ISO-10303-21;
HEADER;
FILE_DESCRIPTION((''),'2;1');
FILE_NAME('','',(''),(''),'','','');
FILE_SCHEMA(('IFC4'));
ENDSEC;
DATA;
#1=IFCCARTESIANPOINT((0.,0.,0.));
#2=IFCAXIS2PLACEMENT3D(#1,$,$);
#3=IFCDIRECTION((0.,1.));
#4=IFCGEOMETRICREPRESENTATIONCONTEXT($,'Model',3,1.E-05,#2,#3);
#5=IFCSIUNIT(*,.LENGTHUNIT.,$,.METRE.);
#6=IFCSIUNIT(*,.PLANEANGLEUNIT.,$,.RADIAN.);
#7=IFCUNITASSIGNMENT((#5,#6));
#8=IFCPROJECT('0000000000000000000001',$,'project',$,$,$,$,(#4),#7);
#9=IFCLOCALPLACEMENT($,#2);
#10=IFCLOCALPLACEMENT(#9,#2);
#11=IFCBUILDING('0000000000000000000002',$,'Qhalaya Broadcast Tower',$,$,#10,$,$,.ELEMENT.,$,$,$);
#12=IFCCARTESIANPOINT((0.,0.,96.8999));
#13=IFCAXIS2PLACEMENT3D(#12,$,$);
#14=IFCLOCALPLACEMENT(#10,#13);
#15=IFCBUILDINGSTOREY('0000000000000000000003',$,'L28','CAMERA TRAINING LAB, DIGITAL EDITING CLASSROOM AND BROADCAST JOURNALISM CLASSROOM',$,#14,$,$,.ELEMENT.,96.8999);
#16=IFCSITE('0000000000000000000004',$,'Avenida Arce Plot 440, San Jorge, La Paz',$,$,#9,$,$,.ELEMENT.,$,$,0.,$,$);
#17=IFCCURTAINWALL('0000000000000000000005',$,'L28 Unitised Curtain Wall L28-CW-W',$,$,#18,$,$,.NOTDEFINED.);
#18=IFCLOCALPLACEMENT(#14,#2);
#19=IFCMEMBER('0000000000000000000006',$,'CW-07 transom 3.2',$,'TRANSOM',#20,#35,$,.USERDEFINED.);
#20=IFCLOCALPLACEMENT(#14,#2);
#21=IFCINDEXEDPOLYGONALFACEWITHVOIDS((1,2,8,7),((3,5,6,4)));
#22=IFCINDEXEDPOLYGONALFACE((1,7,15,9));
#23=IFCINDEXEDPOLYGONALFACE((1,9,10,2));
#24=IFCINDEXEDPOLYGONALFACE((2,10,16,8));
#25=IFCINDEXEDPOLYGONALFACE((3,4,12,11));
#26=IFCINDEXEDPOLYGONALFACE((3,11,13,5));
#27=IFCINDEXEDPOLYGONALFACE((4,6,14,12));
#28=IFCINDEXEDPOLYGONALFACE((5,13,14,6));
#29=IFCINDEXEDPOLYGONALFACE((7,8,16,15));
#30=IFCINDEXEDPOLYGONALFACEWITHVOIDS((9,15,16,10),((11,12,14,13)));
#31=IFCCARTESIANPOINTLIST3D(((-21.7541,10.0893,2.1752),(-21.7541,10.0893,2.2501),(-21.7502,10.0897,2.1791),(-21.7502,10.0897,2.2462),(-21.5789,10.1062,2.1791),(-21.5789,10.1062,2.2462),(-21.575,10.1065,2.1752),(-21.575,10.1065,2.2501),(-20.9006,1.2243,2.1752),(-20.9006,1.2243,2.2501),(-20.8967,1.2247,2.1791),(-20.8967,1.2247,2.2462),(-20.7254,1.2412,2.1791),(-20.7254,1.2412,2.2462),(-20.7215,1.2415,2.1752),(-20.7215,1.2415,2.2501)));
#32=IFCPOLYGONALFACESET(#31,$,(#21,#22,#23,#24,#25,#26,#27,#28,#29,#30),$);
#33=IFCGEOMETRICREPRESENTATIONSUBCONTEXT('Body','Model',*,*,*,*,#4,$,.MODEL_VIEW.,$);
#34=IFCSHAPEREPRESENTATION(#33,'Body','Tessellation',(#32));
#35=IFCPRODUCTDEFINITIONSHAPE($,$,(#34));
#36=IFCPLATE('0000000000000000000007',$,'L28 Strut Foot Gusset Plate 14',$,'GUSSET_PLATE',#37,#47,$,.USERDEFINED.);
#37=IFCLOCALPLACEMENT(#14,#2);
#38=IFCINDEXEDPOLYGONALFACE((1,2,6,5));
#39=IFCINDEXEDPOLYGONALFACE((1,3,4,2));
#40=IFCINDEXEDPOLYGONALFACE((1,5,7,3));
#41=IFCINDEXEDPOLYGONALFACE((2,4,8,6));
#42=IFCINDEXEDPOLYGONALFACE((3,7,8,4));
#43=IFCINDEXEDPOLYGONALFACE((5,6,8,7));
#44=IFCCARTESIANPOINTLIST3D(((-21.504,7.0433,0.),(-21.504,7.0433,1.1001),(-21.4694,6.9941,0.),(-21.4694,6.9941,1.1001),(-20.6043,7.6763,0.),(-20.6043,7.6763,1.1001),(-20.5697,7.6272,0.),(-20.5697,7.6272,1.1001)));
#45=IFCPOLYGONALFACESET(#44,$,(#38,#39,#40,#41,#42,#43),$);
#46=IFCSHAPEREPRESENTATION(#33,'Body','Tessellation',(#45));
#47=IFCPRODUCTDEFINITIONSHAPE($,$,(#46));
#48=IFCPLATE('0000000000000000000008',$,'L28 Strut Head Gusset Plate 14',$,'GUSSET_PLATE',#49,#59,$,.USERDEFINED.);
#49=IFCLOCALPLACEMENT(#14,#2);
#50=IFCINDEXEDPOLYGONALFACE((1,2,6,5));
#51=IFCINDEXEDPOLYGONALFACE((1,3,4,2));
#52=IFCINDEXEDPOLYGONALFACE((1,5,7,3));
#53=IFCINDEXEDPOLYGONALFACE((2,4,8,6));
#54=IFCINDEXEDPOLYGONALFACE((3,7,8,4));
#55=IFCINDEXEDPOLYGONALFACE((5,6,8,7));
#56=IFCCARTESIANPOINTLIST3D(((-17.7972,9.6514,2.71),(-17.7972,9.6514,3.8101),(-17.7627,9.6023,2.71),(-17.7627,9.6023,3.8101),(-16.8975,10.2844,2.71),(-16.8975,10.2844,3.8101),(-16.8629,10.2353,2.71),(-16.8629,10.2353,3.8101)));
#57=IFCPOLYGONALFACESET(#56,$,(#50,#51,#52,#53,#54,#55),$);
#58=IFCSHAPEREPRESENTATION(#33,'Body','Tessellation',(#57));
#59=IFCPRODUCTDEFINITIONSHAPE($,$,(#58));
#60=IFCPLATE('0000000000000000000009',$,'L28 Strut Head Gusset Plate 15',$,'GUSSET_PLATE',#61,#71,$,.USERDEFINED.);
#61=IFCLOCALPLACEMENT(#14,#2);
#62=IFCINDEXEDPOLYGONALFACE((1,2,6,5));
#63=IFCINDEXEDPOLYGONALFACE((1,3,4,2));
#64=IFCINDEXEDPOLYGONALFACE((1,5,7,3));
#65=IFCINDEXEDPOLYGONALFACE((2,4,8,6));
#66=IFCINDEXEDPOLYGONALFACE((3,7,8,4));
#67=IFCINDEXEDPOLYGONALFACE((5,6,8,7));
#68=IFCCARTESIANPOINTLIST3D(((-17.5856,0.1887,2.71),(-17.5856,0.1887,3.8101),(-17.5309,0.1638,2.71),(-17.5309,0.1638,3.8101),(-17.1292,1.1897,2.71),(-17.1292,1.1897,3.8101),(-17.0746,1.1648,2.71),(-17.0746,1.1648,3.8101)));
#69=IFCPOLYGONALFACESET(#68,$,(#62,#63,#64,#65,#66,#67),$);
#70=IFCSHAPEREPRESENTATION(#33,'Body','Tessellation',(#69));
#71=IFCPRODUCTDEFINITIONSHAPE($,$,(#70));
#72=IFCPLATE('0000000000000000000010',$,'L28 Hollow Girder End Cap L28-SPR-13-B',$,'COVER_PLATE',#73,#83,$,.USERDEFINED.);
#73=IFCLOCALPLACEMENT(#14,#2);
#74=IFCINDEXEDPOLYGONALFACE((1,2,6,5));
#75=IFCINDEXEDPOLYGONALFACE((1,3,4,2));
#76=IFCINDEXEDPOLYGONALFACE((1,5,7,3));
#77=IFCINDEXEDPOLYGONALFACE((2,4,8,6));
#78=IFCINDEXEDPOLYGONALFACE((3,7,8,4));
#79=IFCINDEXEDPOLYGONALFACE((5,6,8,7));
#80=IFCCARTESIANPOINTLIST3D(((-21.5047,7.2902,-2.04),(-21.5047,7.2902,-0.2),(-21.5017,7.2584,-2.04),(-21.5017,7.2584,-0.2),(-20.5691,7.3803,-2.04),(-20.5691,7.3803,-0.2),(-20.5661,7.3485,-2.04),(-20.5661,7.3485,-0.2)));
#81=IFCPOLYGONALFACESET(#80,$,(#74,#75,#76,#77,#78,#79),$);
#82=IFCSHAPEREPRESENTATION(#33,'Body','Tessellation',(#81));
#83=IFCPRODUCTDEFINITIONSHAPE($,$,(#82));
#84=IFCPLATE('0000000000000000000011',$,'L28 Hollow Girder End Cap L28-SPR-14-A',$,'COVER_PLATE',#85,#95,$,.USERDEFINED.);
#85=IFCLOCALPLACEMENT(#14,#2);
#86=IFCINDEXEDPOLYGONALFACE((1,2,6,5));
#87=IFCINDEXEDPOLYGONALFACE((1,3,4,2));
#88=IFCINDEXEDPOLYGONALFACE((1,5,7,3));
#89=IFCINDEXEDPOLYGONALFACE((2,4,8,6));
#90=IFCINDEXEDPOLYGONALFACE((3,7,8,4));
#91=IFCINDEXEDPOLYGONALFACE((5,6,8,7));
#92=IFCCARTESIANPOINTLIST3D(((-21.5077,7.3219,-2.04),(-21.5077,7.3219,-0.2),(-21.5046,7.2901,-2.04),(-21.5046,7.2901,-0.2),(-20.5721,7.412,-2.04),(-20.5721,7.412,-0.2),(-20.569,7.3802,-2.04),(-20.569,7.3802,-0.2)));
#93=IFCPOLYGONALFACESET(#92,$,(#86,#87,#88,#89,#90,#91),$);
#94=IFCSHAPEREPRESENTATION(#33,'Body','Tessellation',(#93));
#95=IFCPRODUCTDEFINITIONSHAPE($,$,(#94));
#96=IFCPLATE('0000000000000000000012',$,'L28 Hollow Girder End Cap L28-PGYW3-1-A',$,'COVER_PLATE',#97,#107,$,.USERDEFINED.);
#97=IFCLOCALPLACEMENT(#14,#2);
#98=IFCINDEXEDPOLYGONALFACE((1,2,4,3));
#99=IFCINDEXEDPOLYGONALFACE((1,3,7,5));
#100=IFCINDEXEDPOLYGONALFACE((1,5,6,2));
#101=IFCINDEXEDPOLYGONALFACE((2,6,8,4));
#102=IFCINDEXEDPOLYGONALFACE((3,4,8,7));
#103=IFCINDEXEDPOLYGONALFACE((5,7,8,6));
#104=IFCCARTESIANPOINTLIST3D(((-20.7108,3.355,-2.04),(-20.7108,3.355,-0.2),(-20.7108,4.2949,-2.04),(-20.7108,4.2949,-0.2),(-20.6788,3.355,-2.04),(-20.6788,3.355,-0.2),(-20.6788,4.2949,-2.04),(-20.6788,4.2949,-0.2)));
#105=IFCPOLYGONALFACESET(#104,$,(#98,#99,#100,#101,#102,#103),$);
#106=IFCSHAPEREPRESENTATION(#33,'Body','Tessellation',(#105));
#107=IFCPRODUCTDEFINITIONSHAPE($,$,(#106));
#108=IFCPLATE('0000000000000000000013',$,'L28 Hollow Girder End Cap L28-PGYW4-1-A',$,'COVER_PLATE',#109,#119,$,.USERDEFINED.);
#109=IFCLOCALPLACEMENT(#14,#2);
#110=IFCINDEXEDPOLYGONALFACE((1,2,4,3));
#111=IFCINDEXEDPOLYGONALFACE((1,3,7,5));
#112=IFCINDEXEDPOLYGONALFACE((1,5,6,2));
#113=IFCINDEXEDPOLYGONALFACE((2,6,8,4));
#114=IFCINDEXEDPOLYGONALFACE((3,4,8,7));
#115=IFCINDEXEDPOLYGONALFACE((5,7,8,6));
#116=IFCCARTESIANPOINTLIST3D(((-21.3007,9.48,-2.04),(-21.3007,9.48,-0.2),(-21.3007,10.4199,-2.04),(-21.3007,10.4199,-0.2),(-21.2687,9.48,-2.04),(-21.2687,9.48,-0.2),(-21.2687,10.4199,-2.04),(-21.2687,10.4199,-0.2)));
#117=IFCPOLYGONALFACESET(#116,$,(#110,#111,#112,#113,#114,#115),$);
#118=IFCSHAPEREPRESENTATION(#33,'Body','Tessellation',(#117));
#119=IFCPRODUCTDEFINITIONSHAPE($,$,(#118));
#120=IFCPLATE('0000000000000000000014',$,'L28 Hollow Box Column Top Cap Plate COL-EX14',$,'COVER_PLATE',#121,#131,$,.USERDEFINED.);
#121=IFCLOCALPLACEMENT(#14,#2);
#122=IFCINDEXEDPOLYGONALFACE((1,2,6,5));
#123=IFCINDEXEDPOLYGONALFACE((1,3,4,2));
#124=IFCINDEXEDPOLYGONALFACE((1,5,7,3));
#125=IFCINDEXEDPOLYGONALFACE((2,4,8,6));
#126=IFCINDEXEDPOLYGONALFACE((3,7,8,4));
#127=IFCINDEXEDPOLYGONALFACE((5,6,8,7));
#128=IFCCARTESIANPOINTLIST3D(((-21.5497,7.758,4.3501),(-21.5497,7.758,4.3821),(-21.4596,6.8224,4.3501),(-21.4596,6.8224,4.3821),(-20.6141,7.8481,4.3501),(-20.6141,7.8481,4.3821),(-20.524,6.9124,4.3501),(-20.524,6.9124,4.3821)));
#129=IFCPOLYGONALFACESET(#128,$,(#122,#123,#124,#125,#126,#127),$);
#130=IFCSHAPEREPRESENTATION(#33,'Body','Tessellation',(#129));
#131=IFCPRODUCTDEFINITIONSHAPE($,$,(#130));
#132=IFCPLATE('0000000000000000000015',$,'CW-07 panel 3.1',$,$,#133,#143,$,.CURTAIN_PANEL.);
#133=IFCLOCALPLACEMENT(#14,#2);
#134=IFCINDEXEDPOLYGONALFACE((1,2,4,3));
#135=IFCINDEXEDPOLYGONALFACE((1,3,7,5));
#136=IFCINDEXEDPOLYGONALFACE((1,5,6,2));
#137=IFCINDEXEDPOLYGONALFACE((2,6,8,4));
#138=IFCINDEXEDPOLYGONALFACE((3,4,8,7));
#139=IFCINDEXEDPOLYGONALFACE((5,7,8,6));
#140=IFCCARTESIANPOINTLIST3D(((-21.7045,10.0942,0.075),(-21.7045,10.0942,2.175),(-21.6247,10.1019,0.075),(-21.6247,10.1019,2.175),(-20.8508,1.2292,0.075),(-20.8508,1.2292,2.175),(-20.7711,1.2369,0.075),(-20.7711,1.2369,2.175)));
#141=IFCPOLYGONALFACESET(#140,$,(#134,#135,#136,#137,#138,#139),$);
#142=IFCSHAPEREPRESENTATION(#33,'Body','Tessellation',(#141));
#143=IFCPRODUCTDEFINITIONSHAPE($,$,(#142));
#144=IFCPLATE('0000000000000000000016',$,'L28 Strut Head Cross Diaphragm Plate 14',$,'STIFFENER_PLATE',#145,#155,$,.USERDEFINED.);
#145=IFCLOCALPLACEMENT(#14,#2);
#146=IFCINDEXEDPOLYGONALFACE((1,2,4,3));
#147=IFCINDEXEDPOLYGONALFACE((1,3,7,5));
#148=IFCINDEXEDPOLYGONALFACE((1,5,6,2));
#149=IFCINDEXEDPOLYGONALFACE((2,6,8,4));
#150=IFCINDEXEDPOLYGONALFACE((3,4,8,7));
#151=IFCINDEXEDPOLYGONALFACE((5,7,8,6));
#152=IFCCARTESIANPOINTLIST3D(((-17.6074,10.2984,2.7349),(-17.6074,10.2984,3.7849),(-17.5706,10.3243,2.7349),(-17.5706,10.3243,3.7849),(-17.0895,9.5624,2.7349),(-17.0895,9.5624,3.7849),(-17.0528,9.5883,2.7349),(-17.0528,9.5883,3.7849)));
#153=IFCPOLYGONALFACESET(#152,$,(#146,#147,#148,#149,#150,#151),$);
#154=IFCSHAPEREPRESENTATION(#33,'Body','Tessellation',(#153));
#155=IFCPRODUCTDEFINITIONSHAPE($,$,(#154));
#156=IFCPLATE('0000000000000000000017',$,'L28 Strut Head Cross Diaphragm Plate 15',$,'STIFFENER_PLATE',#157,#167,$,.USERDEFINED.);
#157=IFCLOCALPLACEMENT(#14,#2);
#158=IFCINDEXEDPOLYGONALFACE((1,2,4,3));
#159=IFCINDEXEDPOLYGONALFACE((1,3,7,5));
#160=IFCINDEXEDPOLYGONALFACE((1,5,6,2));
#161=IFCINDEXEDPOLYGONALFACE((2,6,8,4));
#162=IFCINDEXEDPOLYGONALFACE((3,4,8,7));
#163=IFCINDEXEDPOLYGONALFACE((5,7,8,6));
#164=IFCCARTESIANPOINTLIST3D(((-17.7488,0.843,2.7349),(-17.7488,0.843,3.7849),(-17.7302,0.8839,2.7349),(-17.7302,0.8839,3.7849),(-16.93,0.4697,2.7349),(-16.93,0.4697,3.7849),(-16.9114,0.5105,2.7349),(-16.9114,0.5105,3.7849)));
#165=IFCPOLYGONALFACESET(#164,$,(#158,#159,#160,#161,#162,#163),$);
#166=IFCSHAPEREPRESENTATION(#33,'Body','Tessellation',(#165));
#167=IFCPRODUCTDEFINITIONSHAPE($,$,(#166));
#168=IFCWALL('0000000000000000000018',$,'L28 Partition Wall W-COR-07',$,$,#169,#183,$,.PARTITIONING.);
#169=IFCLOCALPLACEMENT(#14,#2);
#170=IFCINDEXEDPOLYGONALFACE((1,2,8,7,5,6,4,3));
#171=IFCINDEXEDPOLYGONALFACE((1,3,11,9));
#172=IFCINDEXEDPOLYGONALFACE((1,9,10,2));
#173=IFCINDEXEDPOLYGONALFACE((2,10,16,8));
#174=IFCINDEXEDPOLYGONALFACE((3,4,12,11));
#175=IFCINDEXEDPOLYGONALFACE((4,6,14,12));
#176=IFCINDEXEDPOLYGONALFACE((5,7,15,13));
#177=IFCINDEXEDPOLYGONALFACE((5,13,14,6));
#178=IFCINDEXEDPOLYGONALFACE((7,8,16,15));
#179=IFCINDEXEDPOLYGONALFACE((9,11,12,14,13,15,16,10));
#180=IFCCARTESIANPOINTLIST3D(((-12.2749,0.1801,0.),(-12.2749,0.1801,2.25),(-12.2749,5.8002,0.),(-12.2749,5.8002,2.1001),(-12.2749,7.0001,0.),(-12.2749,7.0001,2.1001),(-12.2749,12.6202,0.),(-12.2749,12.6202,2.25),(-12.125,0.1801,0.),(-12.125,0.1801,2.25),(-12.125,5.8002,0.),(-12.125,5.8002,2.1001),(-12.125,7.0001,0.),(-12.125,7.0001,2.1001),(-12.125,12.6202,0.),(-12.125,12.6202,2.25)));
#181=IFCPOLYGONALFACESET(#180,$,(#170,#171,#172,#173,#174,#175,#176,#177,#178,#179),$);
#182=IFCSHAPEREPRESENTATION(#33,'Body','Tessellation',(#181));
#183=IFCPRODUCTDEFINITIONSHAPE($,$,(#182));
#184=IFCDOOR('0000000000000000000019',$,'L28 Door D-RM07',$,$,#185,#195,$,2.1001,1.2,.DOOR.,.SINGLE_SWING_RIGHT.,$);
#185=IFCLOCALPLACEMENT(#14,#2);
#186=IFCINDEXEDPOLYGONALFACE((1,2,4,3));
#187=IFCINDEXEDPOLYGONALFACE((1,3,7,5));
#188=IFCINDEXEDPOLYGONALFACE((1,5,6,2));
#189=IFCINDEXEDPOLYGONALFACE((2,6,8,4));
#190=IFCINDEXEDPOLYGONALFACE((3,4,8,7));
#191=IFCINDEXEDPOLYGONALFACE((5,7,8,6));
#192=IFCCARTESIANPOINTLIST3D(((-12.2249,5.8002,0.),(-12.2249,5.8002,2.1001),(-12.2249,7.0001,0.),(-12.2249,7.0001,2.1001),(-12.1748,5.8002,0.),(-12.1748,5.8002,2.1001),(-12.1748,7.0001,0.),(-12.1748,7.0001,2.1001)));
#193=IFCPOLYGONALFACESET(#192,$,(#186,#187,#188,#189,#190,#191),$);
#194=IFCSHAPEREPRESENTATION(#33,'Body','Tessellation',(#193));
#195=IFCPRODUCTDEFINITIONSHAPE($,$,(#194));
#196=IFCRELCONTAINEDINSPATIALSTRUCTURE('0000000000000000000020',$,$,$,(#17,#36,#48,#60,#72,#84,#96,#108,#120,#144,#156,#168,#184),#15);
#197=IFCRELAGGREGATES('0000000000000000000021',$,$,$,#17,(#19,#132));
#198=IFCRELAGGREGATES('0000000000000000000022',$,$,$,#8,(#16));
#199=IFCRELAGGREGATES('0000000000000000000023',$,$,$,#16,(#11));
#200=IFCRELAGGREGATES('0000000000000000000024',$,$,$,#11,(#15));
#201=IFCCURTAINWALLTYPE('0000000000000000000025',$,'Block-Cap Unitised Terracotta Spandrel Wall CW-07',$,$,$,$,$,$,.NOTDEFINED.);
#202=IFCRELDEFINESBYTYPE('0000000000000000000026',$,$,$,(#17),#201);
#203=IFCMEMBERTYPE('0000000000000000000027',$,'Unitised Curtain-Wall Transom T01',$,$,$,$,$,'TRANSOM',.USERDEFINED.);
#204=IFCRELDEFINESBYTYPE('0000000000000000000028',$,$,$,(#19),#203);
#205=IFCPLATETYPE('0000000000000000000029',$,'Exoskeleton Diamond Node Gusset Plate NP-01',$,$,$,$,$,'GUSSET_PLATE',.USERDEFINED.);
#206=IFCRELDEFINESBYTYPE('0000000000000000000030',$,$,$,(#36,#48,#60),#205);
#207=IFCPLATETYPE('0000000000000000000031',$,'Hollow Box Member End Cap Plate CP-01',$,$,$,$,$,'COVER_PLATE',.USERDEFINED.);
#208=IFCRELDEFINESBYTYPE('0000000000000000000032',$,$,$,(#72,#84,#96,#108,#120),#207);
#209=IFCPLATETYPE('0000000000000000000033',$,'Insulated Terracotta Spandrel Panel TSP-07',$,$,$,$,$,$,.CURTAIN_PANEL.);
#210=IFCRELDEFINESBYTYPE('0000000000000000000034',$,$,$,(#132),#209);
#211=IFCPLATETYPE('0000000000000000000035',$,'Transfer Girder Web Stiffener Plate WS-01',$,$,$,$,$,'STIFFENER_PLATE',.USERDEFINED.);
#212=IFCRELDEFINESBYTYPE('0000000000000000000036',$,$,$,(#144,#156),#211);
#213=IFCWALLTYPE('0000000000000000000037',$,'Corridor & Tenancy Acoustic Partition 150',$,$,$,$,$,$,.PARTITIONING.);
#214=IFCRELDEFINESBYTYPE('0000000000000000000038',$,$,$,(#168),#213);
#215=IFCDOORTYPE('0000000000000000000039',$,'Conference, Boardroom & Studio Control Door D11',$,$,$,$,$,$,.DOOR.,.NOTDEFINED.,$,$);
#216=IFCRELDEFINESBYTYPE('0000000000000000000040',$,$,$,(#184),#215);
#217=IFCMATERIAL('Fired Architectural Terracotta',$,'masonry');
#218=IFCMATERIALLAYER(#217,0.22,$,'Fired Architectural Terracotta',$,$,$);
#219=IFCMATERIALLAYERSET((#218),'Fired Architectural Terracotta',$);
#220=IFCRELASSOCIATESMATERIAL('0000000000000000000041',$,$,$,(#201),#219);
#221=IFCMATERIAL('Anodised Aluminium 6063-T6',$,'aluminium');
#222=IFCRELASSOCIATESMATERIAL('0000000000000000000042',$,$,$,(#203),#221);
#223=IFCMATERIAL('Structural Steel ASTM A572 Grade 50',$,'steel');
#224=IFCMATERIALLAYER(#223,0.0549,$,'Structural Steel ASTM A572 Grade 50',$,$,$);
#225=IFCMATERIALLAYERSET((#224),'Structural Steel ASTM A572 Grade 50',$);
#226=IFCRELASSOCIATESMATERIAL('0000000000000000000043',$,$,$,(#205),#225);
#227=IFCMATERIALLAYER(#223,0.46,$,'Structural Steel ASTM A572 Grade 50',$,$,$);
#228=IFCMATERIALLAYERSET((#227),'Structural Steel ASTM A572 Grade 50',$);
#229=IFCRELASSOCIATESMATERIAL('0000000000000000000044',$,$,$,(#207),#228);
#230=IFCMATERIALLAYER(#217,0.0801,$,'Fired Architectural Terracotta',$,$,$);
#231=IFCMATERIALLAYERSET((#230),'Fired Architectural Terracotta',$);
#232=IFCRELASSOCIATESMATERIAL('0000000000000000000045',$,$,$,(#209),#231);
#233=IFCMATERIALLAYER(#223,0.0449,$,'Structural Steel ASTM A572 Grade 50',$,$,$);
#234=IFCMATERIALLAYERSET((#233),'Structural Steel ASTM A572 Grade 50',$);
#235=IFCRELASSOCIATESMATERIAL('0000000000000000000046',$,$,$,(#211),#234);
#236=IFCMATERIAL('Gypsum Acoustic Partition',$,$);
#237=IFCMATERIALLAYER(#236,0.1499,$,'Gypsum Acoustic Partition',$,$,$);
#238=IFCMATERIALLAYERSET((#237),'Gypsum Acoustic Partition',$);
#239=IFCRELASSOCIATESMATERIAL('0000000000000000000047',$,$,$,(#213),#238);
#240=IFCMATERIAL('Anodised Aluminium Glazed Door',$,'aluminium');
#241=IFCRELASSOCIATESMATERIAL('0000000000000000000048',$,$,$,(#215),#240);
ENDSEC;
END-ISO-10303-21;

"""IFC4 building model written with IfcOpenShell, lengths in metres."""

from ifc_helpers import new_model, si_unit, direction, frame, frame_2d, origin, origin_2d, place, context, subcontext, project, spatial, rectangle, hollow_rectangle, extrude, material, layer, layer_set, material_profile, profile_set, type_object, element, fill, aggregate, save


model = new_model("IFC4")

# Units and contexts
model_context = context("Model", 3, precision=1e-05, world=origin(), true_north=direction((0.0, 1.0)))
body_context = subcontext(model_context, "Body", "Model", "MODEL_VIEW")
ifc_project = project(units=[si_unit("LENGTHUNIT", "METRE"), si_unit("PLANEANGLEUNIT", "RADIAN")], contexts=[model_context])

# Site, building, storey
site_placement = place(None, origin())
site = spatial("IfcSite", under=ifc_project, at=site_placement, Name="Avenida Arce Plot 440, San Jorge, La Paz", CompositionType="ELEMENT", RefElevation=0.0)
building_placement = place(site_placement, origin())
building = spatial("IfcBuilding", under=site, at=building_placement, Name="Qhalaya Broadcast Tower", CompositionType="ELEMENT")
storey_placement = place(building_placement, frame((0.0, 0.0, 96.8999)))
storey = spatial("IfcBuildingStorey", under=building, at=storey_placement, Name="L28", Description="CAMERA TRAINING LAB, DIGITAL EDITING CLASSROOM AND BROADCAST JOURNALISM CLASSROOM", CompositionType="ELEMENT", Elevation=96.8999)

# Shared definitions
ifc_material_1 = material(Name="Structural Steel ASTM A572 Grade 50", Category="steel")

# Curtain wall, member
ifc_material_2 = material(Name="Fired Architectural Terracotta", Category="masonry")
ifc_layer_1 = layer(ifc_material_2, 0.22, Name="Fired Architectural Terracotta")
ifc_layer_set_1 = layer_set([ifc_layer_1], Name="Fired Architectural Terracotta")
curtain_wall_type = type_object("IfcCurtainWallType", Name="Block-Cap Unitised Terracotta Spandrel Wall CW-07", PredefinedType="NOTDEFINED", material=ifc_layer_set_1)
curtain_wall_placement = place(storey_placement, origin())
curtain_wall = element("IfcCurtainWall", 1, at=curtain_wall_placement, inside=storey, type_object=curtain_wall_type, Name="L28 Unitised Curtain Wall L28-CW-W", PredefinedType="NOTDEFINED")
ifc_material_3 = material(Name="Anodised Aluminium 6063-T6", Category="aluminium")
ifc_material_profile_1 = material_profile(ifc_material_3, hollow_rectangle(XDim=0.075, YDim=0.1799, WallThickness=0.0039, at=origin_2d()), Name="ALU-TRN 75x180x4")
ifc_profile_set_1 = profile_set([ifc_material_profile_1], Name="Anodised Aluminium 6063-T6")
member_type_1 = type_object("IfcMemberType", Name="Unitised Curtain-Wall Transom T01", ElementType="TRANSOM", PredefinedType="USERDEFINED", material=ifc_profile_set_1)
member_1_placement = place(storey_placement, frame((-20.811, 1.2329, 2.2126), z_axis=(-0.095836, 0.995397, 0.0), x_axis=(0.0, 0.0, 1.0)))
member_1 = element("IfcMember", 2, at=member_1_placement, type_object=member_type_1, Name="CW-07 transom 3.2", ObjectType="TRANSOM", PredefinedType="USERDEFINED", context=body_context, shape_type="SweptSolid", body=[
    extrude(hollow_rectangle(XDim=0.075, YDim=0.1799, WallThickness=0.0039, at=origin_2d()), origin(), (0.0, 0.0, 1.0), 8.906),
])

# Plates
ifc_layer_2 = layer(ifc_material_1, 0.0549, Name="Structural Steel ASTM A572 Grade 50")
ifc_layer_set_2 = layer_set([ifc_layer_2], Name="Structural Steel ASTM A572 Grade 50")
plate_type_1 = type_object("IfcPlateType", Name="Exoskeleton Diamond Node Gusset Plate NP-01", ElementType="GUSSET_PLATE", PredefinedType="USERDEFINED", material=ifc_layer_set_2)
for number, where, z_axis, x_axis, name in (
    (3, (-21.0369, 7.3352, 0.0), (0.0, 0.0, 1.0), (0.817859, 0.575419, 0.0), "L28 Strut Foot Gusset Plate 14"),
    (4, (-17.3301, 9.9434, 2.71), (0.0, 0.0, 1.0), (0.817859, 0.575419, 0.0), "L28 Strut Head Gusset Plate 14"),
    (5, (-17.3301, 0.6768, 2.71), (0.0, 0.0, 1.0), (0.414852, 0.909889, 0.0), "L28 Strut Head Gusset Plate 15"),
):
    element("IfcPlate", number, at=place(storey_placement, frame(where, z_axis=z_axis, x_axis=x_axis)), inside=storey, type_object=plate_type_1, Name=name, ObjectType="GUSSET_PLATE", PredefinedType="USERDEFINED", context=body_context, shape_type="SweptSolid", body=[
        extrude(rectangle(XDim=1.1001, YDim=0.0601, at=origin_2d()), origin(), (0.0, 0.0, 1.0), 1.1001),
    ])
ifc_layer_3 = layer(ifc_material_1, 0.46, Name="Structural Steel ASTM A572 Grade 50")
ifc_layer_set_3 = layer_set([ifc_layer_3], Name="Structural Steel ASTM A572 Grade 50")
plate_type_2 = type_object("IfcPlateType", Name="Hollow Box Member End Cap Plate CP-01", ElementType="COVER_PLATE", PredefinedType="USERDEFINED", material=ifc_layer_set_3)
for number, where, z_axis, x_axis, name in (
    (6, (-21.0354, 7.3193, -2.04), (0.0, 0.0, 1.0), (0.995396, 0.095846, 0.0), "L28 Hollow Girder End Cap L28-SPR-13-B"),
    (7, (-21.0383, 7.3511, -2.04), (0.0, 0.0, 1.0), (0.995396, 0.095846, 0.0), "L28 Hollow Girder End Cap L28-SPR-14-A"),
    (8, (-20.6948, 3.825, -2.04), (0.0, 0.0, 1.0), (0.0, 1.0, 0.0), "L28 Hollow Girder End Cap L28-PGYW3-1-A"),
    (9, (-21.2847, 9.95, -2.04), (0.0, 0.0, 1.0), (0.0, 1.0, 0.0), "L28 Hollow Girder End Cap L28-PGYW4-1-A"),
):
    element("IfcPlate", number, at=place(storey_placement, frame(where, z_axis=z_axis, x_axis=x_axis)), inside=storey, type_object=plate_type_2, Name=name, ObjectType="COVER_PLATE", PredefinedType="USERDEFINED", context=body_context, shape_type="SweptSolid", body=[
        extrude(rectangle(XDim=0.9399, YDim=0.032, at=origin_2d()), origin(), (0.0, 0.0, 1.0), 1.8401),
    ])
plate_1_placement = place(storey_placement, frame((-21.0369, 7.3352, 4.3501), z_axis=(0.0, 0.0, 1.0), x_axis=(-0.095846, 0.995396, 0.0)))
element("IfcPlate", 10, at=plate_1_placement, inside=storey, type_object=plate_type_2, Name="L28 Hollow Box Column Top Cap Plate COL-EX14", ObjectType="COVER_PLATE", PredefinedType="USERDEFINED", context=body_context, shape_type="SweptSolid", body=[
    extrude(rectangle(XDim=0.9399, YDim=0.9399, at=origin_2d()), origin(), (0.0, 0.0, 1.0), 0.032),
])

# Plate
ifc_layer_4 = layer(ifc_material_2, 0.0801, Name="Fired Architectural Terracotta")
ifc_layer_set_4 = layer_set([ifc_layer_4], Name="Fired Architectural Terracotta")
plate_type_3 = type_object("IfcPlateType", Name="Insulated Terracotta Spandrel Panel TSP-07", PredefinedType="CURTAIN_PANEL", material=ifc_layer_set_4)
plate_2_placement = place(storey_placement, frame((-21.2378, 5.6655, 0.075), z_axis=(0.0, 0.0, 1.0), x_axis=(-0.095847, 0.995396, 0.0)))
plate_2 = element("IfcPlate", 11, at=plate_2_placement, type_object=plate_type_3, Name="CW-07 panel 3.1", PredefinedType="CURTAIN_PANEL", context=body_context, shape_type="SweptSolid", body=[
    extrude(rectangle(XDim=8.906, YDim=0.0801, at=origin_2d()), origin(), (0.0, 0.0, 1.0), 2.1001),
])
aggregate(curtain_wall, [member_1, plate_2])

# Plates
ifc_layer_5 = layer(ifc_material_1, 0.0449, Name="Structural Steel ASTM A572 Grade 50")
ifc_layer_set_5 = layer_set([ifc_layer_5], Name="Structural Steel ASTM A572 Grade 50")
plate_type_4 = type_object("IfcPlateType", Name="Transfer Girder Web Stiffener Plate WS-01", ElementType="STIFFENER_PLATE", PredefinedType="USERDEFINED", material=ifc_layer_set_5)
for number, where, z_axis, x_axis, name in (
    (12, (-17.3301, 9.9434, 2.7349), (0.0, 0.0, 1.0), (-0.575419, 0.817859, 0.0), "L28 Strut Head Cross Diaphragm Plate 14"),
    (13, (-17.3301, 0.6768, 2.7349), (0.0, 0.0, 1.0), (-0.909889, 0.414852, 0.0), "L28 Strut Head Cross Diaphragm Plate 15"),
):
    element("IfcPlate", number, at=place(storey_placement, frame(where, z_axis=z_axis, x_axis=x_axis)), inside=storey, type_object=plate_type_4, Name=name, ObjectType="STIFFENER_PLATE", PredefinedType="USERDEFINED", context=body_context, shape_type="SweptSolid", body=[
        extrude(rectangle(XDim=0.8999, YDim=0.0449, at=origin_2d()), origin(), (0.0, 0.0, 1.0), 1.05),
    ])

# Wall, opening, door
ifc_material_4 = material(Name="Gypsum Acoustic Partition")
ifc_layer_6 = layer(ifc_material_4, 0.1499, Name="Gypsum Acoustic Partition")
ifc_layer_set_6 = layer_set([ifc_layer_6], Name="Gypsum Acoustic Partition")
wall_type = type_object("IfcWallType", Name="Corridor & Tenancy Acoustic Partition 150", PredefinedType="PARTITIONING", material=ifc_layer_set_6)
wall_placement = place(storey_placement, frame((-12.2, 0.1799, 0.0), z_axis=(0.0, 0.0, 1.0), x_axis=(0.0, 1.0, 0.0)))
wall = element("IfcWall", 14, at=wall_placement, inside=storey, type_object=wall_type, Name="L28 Partition Wall W-COR-07", PredefinedType="PARTITIONING", context=body_context, shape_type="SweptSolid", body=[
    extrude(rectangle(XDim=12.4402, YDim=0.1499, at=frame_2d((6.2202, 0.0))), origin(), (0.0, 0.0, 1.0), 2.25),
])
opening_placement = place(wall_placement, frame((5.6201, 0.0, 0.0)))
opening = element("IfcOpeningElement", 15, at=opening_placement, cuts=wall, PredefinedType="OPENING", context=body_context, shape_type="SweptSolid", body=[
    extrude(rectangle(XDim=1.2, YDim=2.1001, at=frame_2d((0.6001, 1.05))), frame((0.0, 0.0869, 0.0), z_axis=(0.0, -1.0, 0.0), x_axis=(1.0, 0.0, 0.0)), (0.0, 0.0, 1.0), 0.1738),
])
ifc_material_5 = material(Name="Anodised Aluminium Glazed Door", Category="aluminium")
door_type = type_object("IfcDoorType", Name="Conference, Boardroom & Studio Control Door D11", OperationType="NOTDEFINED", PredefinedType="DOOR", material=ifc_material_5)
door_placement = place(opening_placement, origin())
door = element("IfcDoor", 16, at=door_placement, inside=storey, type_object=door_type, Name="L28 Door D-RM07", OperationType="SINGLE_SWING_RIGHT", OverallHeight=2.1001, OverallWidth=1.2, PredefinedType="DOOR", context=body_context, shape_type="SweptSolid", body=[
    extrude(rectangle(XDim=1.2, YDim=2.1001, at=frame_2d((0.6001, 1.05))), frame((0.0, 0.0249, 0.0), z_axis=(0.0, -1.0, 0.0), x_axis=(1.0, 0.0, 0.0)), (0.0, 0.0, 1.0), 0.05),
])
fill(opening, door)

save(model, "model.ifc")
